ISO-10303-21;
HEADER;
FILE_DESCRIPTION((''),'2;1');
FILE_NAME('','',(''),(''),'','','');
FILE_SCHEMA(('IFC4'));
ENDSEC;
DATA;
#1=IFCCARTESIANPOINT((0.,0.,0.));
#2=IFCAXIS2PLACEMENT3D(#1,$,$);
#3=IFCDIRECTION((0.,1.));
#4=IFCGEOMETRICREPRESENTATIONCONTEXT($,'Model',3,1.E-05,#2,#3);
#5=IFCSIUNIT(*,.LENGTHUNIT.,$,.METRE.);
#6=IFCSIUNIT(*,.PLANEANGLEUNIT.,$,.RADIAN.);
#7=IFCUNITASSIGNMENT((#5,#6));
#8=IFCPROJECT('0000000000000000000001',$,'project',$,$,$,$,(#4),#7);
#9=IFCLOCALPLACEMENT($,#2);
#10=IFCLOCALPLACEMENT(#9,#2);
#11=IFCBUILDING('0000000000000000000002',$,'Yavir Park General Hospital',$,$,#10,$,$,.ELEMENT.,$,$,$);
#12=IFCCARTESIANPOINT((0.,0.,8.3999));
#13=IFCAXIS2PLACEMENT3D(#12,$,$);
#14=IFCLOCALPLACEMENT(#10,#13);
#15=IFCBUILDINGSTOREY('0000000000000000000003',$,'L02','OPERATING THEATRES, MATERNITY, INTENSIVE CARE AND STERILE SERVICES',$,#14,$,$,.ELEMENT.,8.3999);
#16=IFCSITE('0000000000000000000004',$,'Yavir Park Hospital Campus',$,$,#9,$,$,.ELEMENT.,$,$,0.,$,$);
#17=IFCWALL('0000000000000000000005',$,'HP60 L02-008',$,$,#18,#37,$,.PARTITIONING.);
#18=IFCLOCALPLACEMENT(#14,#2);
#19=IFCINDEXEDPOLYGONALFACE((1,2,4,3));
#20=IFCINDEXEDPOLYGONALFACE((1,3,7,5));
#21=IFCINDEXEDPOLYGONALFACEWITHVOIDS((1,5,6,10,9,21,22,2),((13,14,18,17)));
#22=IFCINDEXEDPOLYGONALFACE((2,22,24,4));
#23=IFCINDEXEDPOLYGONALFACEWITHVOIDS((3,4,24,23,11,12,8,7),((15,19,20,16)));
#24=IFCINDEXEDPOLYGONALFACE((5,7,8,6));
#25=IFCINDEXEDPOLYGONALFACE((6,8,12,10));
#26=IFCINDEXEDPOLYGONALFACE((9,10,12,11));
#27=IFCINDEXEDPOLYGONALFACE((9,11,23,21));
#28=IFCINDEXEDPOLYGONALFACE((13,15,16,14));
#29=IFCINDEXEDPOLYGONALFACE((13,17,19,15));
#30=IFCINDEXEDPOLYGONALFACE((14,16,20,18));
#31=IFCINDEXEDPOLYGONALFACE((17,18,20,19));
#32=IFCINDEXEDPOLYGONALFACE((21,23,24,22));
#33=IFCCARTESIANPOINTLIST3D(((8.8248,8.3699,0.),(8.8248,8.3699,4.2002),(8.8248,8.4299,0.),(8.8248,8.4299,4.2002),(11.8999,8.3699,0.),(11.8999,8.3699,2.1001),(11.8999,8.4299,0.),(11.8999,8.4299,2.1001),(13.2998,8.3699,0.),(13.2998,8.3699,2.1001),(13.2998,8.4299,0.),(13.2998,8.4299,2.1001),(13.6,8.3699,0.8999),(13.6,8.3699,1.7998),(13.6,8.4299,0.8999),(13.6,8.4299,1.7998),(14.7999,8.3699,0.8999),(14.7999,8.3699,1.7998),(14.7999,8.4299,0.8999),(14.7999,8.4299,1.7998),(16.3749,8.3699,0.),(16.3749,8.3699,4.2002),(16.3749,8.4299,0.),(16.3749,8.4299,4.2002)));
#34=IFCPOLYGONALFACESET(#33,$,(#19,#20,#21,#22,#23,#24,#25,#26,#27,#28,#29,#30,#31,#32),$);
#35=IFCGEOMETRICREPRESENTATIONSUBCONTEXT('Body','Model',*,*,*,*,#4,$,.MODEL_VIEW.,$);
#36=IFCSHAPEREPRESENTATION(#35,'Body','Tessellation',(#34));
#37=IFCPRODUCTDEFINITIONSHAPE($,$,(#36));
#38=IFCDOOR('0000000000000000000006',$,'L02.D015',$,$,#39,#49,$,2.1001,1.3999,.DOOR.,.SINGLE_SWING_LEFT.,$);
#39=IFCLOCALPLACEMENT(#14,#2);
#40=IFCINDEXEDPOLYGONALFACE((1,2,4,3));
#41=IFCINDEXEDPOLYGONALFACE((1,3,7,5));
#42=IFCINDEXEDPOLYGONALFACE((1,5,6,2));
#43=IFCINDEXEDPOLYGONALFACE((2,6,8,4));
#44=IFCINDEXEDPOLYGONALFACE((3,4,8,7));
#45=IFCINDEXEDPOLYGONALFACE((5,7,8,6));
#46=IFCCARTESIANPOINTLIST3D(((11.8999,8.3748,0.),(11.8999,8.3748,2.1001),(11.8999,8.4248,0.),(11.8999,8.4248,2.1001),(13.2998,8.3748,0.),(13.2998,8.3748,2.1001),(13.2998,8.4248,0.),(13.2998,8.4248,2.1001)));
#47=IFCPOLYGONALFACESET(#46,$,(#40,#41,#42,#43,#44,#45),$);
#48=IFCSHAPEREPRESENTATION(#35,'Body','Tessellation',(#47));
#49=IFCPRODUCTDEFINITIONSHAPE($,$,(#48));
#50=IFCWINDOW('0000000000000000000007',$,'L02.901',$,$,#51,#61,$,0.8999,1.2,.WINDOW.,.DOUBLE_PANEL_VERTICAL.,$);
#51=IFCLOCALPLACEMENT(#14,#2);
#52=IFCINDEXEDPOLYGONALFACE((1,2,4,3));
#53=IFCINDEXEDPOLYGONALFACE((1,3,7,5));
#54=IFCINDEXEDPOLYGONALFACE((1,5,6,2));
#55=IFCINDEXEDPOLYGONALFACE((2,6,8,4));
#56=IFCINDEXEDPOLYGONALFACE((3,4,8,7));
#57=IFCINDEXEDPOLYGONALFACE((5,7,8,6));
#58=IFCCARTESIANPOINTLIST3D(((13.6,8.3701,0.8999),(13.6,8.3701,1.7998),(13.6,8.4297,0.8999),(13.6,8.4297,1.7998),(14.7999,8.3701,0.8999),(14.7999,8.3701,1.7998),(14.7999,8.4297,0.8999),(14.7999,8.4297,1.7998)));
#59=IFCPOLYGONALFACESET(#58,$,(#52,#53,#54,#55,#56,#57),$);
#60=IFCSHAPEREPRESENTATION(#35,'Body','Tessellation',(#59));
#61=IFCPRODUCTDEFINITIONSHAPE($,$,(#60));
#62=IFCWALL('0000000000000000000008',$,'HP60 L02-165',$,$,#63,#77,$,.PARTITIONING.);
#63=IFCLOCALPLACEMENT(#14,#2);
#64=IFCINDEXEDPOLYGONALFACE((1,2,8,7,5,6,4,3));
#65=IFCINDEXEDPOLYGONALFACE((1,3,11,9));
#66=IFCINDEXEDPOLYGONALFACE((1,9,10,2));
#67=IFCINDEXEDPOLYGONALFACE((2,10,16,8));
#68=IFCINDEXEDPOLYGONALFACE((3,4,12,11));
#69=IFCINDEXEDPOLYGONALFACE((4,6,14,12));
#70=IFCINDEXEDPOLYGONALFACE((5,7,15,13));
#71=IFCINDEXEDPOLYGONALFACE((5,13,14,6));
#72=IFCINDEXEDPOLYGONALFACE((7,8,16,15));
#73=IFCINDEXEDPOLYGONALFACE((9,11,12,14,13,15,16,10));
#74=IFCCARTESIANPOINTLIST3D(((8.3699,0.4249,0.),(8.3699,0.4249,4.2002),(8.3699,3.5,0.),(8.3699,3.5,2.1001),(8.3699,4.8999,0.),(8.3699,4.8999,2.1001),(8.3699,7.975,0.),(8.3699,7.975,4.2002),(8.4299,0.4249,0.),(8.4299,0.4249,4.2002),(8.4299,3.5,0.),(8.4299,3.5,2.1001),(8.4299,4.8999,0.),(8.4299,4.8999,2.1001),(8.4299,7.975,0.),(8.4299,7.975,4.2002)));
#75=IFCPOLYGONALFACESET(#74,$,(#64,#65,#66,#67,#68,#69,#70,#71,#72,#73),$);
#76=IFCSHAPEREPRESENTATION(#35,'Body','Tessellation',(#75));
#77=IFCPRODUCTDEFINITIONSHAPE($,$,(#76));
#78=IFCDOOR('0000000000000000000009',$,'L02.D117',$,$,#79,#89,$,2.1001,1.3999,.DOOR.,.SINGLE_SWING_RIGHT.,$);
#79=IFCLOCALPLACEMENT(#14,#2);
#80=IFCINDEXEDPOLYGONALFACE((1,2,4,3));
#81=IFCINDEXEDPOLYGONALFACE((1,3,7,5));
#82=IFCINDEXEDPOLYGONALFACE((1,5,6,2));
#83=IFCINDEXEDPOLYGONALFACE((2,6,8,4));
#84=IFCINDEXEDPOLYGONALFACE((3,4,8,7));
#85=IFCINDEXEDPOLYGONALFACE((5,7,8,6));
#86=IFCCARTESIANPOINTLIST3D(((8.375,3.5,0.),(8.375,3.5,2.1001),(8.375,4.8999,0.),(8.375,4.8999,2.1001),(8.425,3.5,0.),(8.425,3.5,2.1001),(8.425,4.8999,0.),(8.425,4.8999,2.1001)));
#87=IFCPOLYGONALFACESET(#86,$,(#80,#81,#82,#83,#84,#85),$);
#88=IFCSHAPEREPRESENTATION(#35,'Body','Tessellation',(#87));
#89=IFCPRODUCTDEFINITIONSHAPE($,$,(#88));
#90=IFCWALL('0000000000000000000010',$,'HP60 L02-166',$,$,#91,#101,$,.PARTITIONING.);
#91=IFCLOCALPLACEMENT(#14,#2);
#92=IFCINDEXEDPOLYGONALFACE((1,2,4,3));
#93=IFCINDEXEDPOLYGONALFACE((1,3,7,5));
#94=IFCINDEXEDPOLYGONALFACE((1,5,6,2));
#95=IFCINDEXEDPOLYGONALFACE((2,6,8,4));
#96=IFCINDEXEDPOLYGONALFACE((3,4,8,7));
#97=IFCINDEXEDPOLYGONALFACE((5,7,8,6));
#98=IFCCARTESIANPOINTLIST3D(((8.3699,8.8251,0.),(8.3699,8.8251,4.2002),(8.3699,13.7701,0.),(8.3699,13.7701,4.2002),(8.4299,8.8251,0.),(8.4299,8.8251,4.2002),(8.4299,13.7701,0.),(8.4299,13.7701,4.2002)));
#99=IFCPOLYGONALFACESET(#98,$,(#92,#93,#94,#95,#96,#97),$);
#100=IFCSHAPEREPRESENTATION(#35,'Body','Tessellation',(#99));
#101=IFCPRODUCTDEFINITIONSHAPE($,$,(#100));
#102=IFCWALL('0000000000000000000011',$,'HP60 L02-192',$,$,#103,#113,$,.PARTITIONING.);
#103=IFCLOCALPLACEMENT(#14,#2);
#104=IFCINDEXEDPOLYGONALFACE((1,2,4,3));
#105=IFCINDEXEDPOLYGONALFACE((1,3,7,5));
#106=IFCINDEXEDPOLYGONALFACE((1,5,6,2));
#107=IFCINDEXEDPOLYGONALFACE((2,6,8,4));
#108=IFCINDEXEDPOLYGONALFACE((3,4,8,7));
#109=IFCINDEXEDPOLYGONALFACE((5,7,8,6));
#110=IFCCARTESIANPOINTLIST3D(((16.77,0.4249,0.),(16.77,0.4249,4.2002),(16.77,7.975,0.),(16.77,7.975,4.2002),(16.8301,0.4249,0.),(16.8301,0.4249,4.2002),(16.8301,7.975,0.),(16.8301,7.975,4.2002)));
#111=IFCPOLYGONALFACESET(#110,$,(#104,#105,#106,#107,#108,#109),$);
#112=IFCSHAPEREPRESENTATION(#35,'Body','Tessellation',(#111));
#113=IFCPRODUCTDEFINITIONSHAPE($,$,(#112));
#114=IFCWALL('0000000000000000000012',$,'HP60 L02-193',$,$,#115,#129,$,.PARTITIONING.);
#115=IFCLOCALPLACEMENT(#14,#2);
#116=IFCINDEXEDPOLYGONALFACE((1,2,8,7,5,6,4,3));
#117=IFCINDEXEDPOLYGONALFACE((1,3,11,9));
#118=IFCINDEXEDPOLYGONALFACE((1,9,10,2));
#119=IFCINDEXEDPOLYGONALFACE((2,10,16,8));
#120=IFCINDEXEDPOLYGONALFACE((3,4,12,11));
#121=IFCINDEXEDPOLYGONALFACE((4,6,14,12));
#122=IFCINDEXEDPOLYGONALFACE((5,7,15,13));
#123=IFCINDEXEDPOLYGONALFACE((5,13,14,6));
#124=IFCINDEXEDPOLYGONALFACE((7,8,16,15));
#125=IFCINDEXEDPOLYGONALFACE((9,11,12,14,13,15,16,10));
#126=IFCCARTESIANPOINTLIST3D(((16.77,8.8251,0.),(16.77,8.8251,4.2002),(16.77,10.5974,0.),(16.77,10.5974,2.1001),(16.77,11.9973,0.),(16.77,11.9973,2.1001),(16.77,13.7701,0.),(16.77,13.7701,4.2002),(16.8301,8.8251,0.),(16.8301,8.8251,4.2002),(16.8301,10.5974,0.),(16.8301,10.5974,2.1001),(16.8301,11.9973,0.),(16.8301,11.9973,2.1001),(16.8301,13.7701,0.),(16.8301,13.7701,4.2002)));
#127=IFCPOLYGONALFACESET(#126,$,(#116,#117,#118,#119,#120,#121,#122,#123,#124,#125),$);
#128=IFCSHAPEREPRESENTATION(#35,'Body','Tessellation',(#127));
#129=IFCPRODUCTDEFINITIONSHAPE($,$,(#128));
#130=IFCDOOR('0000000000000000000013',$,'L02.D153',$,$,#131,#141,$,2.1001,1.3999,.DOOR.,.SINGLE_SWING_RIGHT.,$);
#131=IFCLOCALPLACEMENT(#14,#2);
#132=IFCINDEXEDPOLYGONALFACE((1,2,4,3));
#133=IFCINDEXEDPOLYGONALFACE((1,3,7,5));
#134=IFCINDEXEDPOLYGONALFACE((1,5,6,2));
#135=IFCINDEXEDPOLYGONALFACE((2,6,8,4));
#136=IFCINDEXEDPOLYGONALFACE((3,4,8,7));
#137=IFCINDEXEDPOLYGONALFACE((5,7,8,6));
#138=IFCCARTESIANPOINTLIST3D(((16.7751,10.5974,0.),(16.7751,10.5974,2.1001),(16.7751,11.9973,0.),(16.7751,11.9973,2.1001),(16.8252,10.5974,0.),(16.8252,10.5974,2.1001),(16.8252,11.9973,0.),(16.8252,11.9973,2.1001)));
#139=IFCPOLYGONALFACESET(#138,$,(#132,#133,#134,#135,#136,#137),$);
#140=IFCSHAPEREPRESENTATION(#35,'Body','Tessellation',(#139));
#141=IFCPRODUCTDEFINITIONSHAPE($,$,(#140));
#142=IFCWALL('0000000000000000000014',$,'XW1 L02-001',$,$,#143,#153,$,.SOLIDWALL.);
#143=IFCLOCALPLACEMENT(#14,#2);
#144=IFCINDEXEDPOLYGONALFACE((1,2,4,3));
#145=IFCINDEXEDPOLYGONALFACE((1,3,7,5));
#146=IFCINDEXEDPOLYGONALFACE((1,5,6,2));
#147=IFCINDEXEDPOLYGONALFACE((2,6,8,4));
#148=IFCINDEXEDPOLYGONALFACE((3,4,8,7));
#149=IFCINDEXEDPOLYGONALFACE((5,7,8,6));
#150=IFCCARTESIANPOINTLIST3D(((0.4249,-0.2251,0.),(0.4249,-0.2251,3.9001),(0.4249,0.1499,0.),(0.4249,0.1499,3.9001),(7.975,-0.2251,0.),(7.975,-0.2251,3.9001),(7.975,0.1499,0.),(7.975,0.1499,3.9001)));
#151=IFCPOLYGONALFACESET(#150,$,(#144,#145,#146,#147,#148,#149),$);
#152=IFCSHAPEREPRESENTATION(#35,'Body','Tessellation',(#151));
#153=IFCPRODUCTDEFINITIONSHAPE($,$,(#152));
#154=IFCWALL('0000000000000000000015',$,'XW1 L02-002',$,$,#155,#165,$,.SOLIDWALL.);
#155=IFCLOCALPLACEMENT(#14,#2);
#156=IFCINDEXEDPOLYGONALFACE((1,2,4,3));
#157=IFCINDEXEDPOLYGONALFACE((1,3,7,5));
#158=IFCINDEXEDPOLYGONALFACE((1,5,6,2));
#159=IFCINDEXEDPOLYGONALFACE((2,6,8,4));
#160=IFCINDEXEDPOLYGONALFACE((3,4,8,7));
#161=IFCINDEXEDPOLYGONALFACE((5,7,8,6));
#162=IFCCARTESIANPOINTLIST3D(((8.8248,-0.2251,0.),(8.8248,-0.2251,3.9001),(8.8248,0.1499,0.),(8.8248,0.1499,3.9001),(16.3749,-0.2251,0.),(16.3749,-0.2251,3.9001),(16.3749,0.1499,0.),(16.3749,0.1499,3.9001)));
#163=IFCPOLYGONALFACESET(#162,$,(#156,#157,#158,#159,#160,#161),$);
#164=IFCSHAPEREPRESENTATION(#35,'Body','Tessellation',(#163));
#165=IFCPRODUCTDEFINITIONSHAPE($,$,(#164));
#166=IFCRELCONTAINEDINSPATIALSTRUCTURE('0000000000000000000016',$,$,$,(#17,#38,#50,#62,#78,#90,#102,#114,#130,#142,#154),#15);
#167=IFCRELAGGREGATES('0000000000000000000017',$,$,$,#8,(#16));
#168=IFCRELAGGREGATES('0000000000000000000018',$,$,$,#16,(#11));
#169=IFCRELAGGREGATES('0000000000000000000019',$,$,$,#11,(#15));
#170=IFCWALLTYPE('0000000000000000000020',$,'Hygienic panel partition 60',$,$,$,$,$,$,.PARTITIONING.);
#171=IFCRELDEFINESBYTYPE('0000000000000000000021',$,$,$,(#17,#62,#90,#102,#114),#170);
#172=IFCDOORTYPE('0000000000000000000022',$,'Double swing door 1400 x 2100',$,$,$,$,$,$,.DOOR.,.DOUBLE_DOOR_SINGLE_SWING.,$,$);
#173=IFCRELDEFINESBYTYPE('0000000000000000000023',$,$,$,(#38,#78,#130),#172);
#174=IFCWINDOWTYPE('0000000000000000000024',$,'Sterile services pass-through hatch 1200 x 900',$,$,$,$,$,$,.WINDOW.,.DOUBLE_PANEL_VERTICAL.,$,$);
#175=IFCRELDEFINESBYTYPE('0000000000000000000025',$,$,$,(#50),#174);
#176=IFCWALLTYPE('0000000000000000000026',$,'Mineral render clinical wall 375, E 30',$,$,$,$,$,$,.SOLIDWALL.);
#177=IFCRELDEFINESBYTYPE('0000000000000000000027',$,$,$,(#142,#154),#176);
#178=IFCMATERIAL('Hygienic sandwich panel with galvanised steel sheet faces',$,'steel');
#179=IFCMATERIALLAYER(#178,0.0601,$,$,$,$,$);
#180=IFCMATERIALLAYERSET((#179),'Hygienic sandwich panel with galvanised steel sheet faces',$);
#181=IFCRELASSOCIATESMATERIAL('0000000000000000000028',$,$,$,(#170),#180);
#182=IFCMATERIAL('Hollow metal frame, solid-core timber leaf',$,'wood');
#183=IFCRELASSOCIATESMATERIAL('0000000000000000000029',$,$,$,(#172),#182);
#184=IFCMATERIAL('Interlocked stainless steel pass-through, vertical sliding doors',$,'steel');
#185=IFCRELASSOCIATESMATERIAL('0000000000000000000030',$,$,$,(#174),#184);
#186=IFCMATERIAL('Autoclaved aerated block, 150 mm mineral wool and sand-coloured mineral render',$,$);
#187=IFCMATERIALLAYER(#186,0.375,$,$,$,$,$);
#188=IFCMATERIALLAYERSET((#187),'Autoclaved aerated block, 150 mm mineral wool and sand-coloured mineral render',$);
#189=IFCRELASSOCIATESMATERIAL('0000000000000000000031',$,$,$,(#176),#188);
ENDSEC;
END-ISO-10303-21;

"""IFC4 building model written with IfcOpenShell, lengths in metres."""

from ifc_helpers import new_model, si_unit, direction, frame, frame_2d, origin, place, context, subcontext, project, spatial, rectangle, extrude, material, layer, layer_set, type_object, element, fill, save


model = new_model("IFC4")

# Units and contexts
model_context = context("Model", 3, precision=1e-05, world=origin(), true_north=direction((0.0, 1.0)))
body_context = subcontext(model_context, "Body", "Model", "MODEL_VIEW")
ifc_project = project(units=[si_unit("LENGTHUNIT", "METRE"), si_unit("PLANEANGLEUNIT", "RADIAN")], contexts=[model_context])

# Site, building, storey
site_placement = place(None, origin())
site = spatial("IfcSite", under=ifc_project, at=site_placement, Name="Yavir Park Hospital Campus", CompositionType="ELEMENT", RefElevation=0.0)
building_placement = place(site_placement, origin())
building = spatial("IfcBuilding", under=site, at=building_placement, Name="Yavir Park General Hospital", CompositionType="ELEMENT")
storey_placement = place(building_placement, frame((0.0, 0.0, 8.3999)))
storey = spatial("IfcBuildingStorey", under=building, at=storey_placement, Name="L02", Description="OPERATING THEATRES, MATERNITY, INTENSIVE CARE AND STERILE SERVICES", CompositionType="ELEMENT", Elevation=8.3999)

# Shared definitions
ifc_material_1 = material(Name="Hygienic sandwich panel with galvanised steel sheet faces", Category="steel")
ifc_layer_1 = layer(ifc_material_1, 0.0601)
ifc_layer_set_1 = layer_set([ifc_layer_1], Name="Hygienic sandwich panel with galvanised steel sheet faces")
wall_type_1 = type_object("IfcWallType", Name="Hygienic panel partition 60", PredefinedType="PARTITIONING", material=ifc_layer_set_1)
ifc_material_2 = material(Name="Hollow metal frame, solid-core timber leaf", Category="wood")
door_type = type_object("IfcDoorType", Name="Double swing door 1400 x 2100", OperationType="DOUBLE_DOOR_SINGLE_SWING", PredefinedType="DOOR", material=ifc_material_2)

# Wall, openings, door, window
wall_1_placement = place(storey_placement, frame((8.825, 8.3999, 0.0), z_axis=(0.0, 0.0, 1.0), x_axis=(1.0, 0.0, 0.0)))
wall_1 = element("IfcWall", 1, at=wall_1_placement, inside=storey, type_object=wall_type_1, Name="HP60 L02-008", PredefinedType="PARTITIONING", context=body_context, shape_type="SweptSolid", body=[
    extrude(rectangle(XDim=7.55, YDim=0.0601, at=frame_2d((3.7749, 0.0))), origin(), (0.0, 0.0, 1.0), 4.2002),
])
opening_1_placement = place(wall_1_placement, frame((3.075, 0.0, 0.0)))
opening_1 = element("IfcOpeningElement", 2, at=opening_1_placement, cuts=wall_1, PredefinedType="OPENING", context=body_context, shape_type="SweptSolid", body=[
    extrude(rectangle(XDim=1.3999, YDim=2.1001, at=frame_2d((0.7, 1.05))), frame((0.0, 0.04, 0.0), z_axis=(0.0, -1.0, 0.0), x_axis=(1.0, 0.0, 0.0)), (0.0, 0.0, 1.0), 0.0801),
])
opening_2_placement = place(wall_1_placement, frame((4.7749, 0.0, 0.8999)))
opening_2 = element("IfcOpeningElement", 3, at=opening_2_placement, cuts=wall_1, PredefinedType="OPENING", context=body_context, shape_type="SweptSolid", body=[
    extrude(rectangle(XDim=1.2, YDim=0.8999, at=frame_2d((0.6001, 0.45))), frame((0.0, 0.04, 0.0), z_axis=(0.0, -1.0, 0.0), x_axis=(1.0, 0.0, 0.0)), (0.0, 0.0, 1.0), 0.0801),
])
door_1_placement = place(opening_1_placement, origin())
door_1 = element("IfcDoor", 4, at=door_1_placement, inside=storey, type_object=door_type, Name="L02.D015", OperationType="SINGLE_SWING_LEFT", OverallHeight=2.1001, OverallWidth=1.3999, PredefinedType="DOOR", context=body_context, shape_type="SweptSolid", body=[
    extrude(rectangle(XDim=1.3999, YDim=2.1001, at=frame_2d((0.7, 1.05))), frame((0.0, 0.0249, 0.0), z_axis=(0.0, -1.0, 0.0), x_axis=(1.0, 0.0, 0.0)), (0.0, 0.0, 1.0), 0.05),
])
fill(opening_1, door_1)
ifc_material_3 = material(Name="Interlocked stainless steel pass-through, vertical sliding doors", Category="steel")
window_type = type_object("IfcWindowType", Name="Sterile services pass-through hatch 1200 x 900", PartitioningType="DOUBLE_PANEL_VERTICAL", PredefinedType="WINDOW", material=ifc_material_3)
window_placement = place(opening_2_placement, origin())
window = element("IfcWindow", 5, at=window_placement, inside=storey, type_object=window_type, Name="L02.901", OverallHeight=0.8999, OverallWidth=1.2, PartitioningType="DOUBLE_PANEL_VERTICAL", PredefinedType="WINDOW", context=body_context, shape_type="SweptSolid", body=[
    extrude(rectangle(XDim=1.2, YDim=0.8999, at=frame_2d((0.6001, 0.45))), frame((0.0, 0.0298, 0.0), z_axis=(0.0, -1.0, 0.0), x_axis=(1.0, 0.0, 0.0)), (0.0, 0.0, 1.0), 0.0596),
])
fill(opening_2, window)

# Wall, opening, door
wall_2_placement = place(storey_placement, frame((8.3999, 0.425, 0.0), z_axis=(0.0, 0.0, 1.0), x_axis=(0.0, 1.0, 0.0)))
wall_2 = element("IfcWall", 6, at=wall_2_placement, inside=storey, type_object=wall_type_1, Name="HP60 L02-165", PredefinedType="PARTITIONING", context=body_context, shape_type="SweptSolid", body=[
    extrude(rectangle(XDim=7.55, YDim=0.0601, at=frame_2d((3.7749, 0.0))), origin(), (0.0, 0.0, 1.0), 4.2002),
])
opening_3_placement = place(wall_2_placement, frame((3.075, 0.0, 0.0)))
opening_3 = element("IfcOpeningElement", 7, at=opening_3_placement, cuts=wall_2, PredefinedType="OPENING", context=body_context, shape_type="SweptSolid", body=[
    extrude(rectangle(XDim=1.3999, YDim=2.1001, at=frame_2d((0.7, 1.05))), frame((0.0, 0.04, 0.0), z_axis=(0.0, -1.0, 0.0), x_axis=(1.0, 0.0, 0.0)), (0.0, 0.0, 1.0), 0.0801),
])
door_2_placement = place(opening_3_placement, origin())
door_2 = element("IfcDoor", 8, at=door_2_placement, inside=storey, type_object=door_type, Name="L02.D117", OperationType="SINGLE_SWING_RIGHT", OverallHeight=2.1001, OverallWidth=1.3999, PredefinedType="DOOR", context=body_context, shape_type="SweptSolid", body=[
    extrude(rectangle(XDim=1.3999, YDim=2.1001, at=frame_2d((0.7, 1.05))), frame((0.0, 0.0249, 0.0), z_axis=(0.0, -1.0, 0.0), x_axis=(1.0, 0.0, 0.0)), (0.0, 0.0, 1.0), 0.05),
])
fill(opening_3, door_2)

# Walls
wall_3_placement = place(storey_placement, frame((8.3999, 8.825, 0.0), z_axis=(0.0, 0.0, 1.0), x_axis=(0.0, 1.0, 0.0)))
element("IfcWall", 9, at=wall_3_placement, inside=storey, type_object=wall_type_1, Name="HP60 L02-166", PredefinedType="PARTITIONING", context=body_context, shape_type="SweptSolid", body=[
    extrude(rectangle(XDim=4.9451, YDim=0.0601, at=frame_2d((2.4727, 0.0))), origin(), (0.0, 0.0, 1.0), 4.2002),
])
wall_4_placement = place(storey_placement, frame((16.8, 0.425, 0.0), z_axis=(0.0, 0.0, 1.0), x_axis=(0.0, 1.0, 0.0)))
element("IfcWall", 10, at=wall_4_placement, inside=storey, type_object=wall_type_1, Name="HP60 L02-192", PredefinedType="PARTITIONING", context=body_context, shape_type="SweptSolid", body=[
    extrude(rectangle(XDim=7.55, YDim=0.0601, at=frame_2d((3.7749, 0.0))), origin(), (0.0, 0.0, 1.0), 4.2002),
])

# Wall, opening, door
wall_5_placement = place(storey_placement, frame((16.8, 8.825, 0.0), z_axis=(0.0, 0.0, 1.0), x_axis=(0.0, 1.0, 0.0)))
wall_5 = element("IfcWall", 11, at=wall_5_placement, inside=storey, type_object=wall_type_1, Name="HP60 L02-193", PredefinedType="PARTITIONING", context=body_context, shape_type="SweptSolid", body=[
    extrude(rectangle(XDim=4.9451, YDim=0.0601, at=frame_2d((2.4727, 0.0))), origin(), (0.0, 0.0, 1.0), 4.2002),
])
opening_4_placement = place(wall_5_placement, frame((1.7725, 0.0, 0.0)))
opening_4 = element("IfcOpeningElement", 12, at=opening_4_placement, cuts=wall_5, PredefinedType="OPENING", context=body_context, shape_type="SweptSolid", body=[
    extrude(rectangle(XDim=1.3999, YDim=2.1001, at=frame_2d((0.7, 1.05))), frame((0.0, 0.04, 0.0), z_axis=(0.0, -1.0, 0.0), x_axis=(1.0, 0.0, 0.0)), (0.0, 0.0, 1.0), 0.0801),
])
door_3_placement = place(opening_4_placement, origin())
door_3 = element("IfcDoor", 13, at=door_3_placement, inside=storey, type_object=door_type, Name="L02.D153", OperationType="SINGLE_SWING_RIGHT", OverallHeight=2.1001, OverallWidth=1.3999, PredefinedType="DOOR", context=body_context, shape_type="SweptSolid", body=[
    extrude(rectangle(XDim=1.3999, YDim=2.1001, at=frame_2d((0.7, 1.05))), frame((0.0, 0.0249, 0.0), z_axis=(0.0, -1.0, 0.0), x_axis=(1.0, 0.0, 0.0)), (0.0, 0.0, 1.0), 0.05),
])
fill(opening_4, door_3)

# Walls
ifc_material_4 = material(Name="Autoclaved aerated block, 150 mm mineral wool and sand-coloured mineral render")
ifc_layer_2 = layer(ifc_material_4, 0.375)
ifc_layer_set_2 = layer_set([ifc_layer_2], Name="Autoclaved aerated block, 150 mm mineral wool and sand-coloured mineral render")
wall_type_2 = type_object("IfcWallType", Name="Mineral render clinical wall 375, E 30", PredefinedType="SOLIDWALL", material=ifc_layer_set_2)
for number, where, z_axis, x_axis, name in (
    (14, (0.425, -0.0376, 0.0), (0.0, 0.0, 1.0), (1.0, 0.0, 0.0), "XW1 L02-001"),
    (15, (8.825, -0.0376, 0.0), (0.0, 0.0, 1.0), (1.0, 0.0, 0.0), "XW1 L02-002"),
):
    element("IfcWall", number, at=place(storey_placement, frame(where, z_axis=z_axis, x_axis=x_axis)), inside=storey, type_object=wall_type_2, Name=name, PredefinedType="SOLIDWALL", context=body_context, shape_type="SweptSolid", body=[
        extrude(rectangle(XDim=7.55, YDim=0.375, at=frame_2d((3.7749, 0.0))), origin(), (0.0, 0.0, 1.0), 3.9001),
    ])

save(model, "model.ifc")
